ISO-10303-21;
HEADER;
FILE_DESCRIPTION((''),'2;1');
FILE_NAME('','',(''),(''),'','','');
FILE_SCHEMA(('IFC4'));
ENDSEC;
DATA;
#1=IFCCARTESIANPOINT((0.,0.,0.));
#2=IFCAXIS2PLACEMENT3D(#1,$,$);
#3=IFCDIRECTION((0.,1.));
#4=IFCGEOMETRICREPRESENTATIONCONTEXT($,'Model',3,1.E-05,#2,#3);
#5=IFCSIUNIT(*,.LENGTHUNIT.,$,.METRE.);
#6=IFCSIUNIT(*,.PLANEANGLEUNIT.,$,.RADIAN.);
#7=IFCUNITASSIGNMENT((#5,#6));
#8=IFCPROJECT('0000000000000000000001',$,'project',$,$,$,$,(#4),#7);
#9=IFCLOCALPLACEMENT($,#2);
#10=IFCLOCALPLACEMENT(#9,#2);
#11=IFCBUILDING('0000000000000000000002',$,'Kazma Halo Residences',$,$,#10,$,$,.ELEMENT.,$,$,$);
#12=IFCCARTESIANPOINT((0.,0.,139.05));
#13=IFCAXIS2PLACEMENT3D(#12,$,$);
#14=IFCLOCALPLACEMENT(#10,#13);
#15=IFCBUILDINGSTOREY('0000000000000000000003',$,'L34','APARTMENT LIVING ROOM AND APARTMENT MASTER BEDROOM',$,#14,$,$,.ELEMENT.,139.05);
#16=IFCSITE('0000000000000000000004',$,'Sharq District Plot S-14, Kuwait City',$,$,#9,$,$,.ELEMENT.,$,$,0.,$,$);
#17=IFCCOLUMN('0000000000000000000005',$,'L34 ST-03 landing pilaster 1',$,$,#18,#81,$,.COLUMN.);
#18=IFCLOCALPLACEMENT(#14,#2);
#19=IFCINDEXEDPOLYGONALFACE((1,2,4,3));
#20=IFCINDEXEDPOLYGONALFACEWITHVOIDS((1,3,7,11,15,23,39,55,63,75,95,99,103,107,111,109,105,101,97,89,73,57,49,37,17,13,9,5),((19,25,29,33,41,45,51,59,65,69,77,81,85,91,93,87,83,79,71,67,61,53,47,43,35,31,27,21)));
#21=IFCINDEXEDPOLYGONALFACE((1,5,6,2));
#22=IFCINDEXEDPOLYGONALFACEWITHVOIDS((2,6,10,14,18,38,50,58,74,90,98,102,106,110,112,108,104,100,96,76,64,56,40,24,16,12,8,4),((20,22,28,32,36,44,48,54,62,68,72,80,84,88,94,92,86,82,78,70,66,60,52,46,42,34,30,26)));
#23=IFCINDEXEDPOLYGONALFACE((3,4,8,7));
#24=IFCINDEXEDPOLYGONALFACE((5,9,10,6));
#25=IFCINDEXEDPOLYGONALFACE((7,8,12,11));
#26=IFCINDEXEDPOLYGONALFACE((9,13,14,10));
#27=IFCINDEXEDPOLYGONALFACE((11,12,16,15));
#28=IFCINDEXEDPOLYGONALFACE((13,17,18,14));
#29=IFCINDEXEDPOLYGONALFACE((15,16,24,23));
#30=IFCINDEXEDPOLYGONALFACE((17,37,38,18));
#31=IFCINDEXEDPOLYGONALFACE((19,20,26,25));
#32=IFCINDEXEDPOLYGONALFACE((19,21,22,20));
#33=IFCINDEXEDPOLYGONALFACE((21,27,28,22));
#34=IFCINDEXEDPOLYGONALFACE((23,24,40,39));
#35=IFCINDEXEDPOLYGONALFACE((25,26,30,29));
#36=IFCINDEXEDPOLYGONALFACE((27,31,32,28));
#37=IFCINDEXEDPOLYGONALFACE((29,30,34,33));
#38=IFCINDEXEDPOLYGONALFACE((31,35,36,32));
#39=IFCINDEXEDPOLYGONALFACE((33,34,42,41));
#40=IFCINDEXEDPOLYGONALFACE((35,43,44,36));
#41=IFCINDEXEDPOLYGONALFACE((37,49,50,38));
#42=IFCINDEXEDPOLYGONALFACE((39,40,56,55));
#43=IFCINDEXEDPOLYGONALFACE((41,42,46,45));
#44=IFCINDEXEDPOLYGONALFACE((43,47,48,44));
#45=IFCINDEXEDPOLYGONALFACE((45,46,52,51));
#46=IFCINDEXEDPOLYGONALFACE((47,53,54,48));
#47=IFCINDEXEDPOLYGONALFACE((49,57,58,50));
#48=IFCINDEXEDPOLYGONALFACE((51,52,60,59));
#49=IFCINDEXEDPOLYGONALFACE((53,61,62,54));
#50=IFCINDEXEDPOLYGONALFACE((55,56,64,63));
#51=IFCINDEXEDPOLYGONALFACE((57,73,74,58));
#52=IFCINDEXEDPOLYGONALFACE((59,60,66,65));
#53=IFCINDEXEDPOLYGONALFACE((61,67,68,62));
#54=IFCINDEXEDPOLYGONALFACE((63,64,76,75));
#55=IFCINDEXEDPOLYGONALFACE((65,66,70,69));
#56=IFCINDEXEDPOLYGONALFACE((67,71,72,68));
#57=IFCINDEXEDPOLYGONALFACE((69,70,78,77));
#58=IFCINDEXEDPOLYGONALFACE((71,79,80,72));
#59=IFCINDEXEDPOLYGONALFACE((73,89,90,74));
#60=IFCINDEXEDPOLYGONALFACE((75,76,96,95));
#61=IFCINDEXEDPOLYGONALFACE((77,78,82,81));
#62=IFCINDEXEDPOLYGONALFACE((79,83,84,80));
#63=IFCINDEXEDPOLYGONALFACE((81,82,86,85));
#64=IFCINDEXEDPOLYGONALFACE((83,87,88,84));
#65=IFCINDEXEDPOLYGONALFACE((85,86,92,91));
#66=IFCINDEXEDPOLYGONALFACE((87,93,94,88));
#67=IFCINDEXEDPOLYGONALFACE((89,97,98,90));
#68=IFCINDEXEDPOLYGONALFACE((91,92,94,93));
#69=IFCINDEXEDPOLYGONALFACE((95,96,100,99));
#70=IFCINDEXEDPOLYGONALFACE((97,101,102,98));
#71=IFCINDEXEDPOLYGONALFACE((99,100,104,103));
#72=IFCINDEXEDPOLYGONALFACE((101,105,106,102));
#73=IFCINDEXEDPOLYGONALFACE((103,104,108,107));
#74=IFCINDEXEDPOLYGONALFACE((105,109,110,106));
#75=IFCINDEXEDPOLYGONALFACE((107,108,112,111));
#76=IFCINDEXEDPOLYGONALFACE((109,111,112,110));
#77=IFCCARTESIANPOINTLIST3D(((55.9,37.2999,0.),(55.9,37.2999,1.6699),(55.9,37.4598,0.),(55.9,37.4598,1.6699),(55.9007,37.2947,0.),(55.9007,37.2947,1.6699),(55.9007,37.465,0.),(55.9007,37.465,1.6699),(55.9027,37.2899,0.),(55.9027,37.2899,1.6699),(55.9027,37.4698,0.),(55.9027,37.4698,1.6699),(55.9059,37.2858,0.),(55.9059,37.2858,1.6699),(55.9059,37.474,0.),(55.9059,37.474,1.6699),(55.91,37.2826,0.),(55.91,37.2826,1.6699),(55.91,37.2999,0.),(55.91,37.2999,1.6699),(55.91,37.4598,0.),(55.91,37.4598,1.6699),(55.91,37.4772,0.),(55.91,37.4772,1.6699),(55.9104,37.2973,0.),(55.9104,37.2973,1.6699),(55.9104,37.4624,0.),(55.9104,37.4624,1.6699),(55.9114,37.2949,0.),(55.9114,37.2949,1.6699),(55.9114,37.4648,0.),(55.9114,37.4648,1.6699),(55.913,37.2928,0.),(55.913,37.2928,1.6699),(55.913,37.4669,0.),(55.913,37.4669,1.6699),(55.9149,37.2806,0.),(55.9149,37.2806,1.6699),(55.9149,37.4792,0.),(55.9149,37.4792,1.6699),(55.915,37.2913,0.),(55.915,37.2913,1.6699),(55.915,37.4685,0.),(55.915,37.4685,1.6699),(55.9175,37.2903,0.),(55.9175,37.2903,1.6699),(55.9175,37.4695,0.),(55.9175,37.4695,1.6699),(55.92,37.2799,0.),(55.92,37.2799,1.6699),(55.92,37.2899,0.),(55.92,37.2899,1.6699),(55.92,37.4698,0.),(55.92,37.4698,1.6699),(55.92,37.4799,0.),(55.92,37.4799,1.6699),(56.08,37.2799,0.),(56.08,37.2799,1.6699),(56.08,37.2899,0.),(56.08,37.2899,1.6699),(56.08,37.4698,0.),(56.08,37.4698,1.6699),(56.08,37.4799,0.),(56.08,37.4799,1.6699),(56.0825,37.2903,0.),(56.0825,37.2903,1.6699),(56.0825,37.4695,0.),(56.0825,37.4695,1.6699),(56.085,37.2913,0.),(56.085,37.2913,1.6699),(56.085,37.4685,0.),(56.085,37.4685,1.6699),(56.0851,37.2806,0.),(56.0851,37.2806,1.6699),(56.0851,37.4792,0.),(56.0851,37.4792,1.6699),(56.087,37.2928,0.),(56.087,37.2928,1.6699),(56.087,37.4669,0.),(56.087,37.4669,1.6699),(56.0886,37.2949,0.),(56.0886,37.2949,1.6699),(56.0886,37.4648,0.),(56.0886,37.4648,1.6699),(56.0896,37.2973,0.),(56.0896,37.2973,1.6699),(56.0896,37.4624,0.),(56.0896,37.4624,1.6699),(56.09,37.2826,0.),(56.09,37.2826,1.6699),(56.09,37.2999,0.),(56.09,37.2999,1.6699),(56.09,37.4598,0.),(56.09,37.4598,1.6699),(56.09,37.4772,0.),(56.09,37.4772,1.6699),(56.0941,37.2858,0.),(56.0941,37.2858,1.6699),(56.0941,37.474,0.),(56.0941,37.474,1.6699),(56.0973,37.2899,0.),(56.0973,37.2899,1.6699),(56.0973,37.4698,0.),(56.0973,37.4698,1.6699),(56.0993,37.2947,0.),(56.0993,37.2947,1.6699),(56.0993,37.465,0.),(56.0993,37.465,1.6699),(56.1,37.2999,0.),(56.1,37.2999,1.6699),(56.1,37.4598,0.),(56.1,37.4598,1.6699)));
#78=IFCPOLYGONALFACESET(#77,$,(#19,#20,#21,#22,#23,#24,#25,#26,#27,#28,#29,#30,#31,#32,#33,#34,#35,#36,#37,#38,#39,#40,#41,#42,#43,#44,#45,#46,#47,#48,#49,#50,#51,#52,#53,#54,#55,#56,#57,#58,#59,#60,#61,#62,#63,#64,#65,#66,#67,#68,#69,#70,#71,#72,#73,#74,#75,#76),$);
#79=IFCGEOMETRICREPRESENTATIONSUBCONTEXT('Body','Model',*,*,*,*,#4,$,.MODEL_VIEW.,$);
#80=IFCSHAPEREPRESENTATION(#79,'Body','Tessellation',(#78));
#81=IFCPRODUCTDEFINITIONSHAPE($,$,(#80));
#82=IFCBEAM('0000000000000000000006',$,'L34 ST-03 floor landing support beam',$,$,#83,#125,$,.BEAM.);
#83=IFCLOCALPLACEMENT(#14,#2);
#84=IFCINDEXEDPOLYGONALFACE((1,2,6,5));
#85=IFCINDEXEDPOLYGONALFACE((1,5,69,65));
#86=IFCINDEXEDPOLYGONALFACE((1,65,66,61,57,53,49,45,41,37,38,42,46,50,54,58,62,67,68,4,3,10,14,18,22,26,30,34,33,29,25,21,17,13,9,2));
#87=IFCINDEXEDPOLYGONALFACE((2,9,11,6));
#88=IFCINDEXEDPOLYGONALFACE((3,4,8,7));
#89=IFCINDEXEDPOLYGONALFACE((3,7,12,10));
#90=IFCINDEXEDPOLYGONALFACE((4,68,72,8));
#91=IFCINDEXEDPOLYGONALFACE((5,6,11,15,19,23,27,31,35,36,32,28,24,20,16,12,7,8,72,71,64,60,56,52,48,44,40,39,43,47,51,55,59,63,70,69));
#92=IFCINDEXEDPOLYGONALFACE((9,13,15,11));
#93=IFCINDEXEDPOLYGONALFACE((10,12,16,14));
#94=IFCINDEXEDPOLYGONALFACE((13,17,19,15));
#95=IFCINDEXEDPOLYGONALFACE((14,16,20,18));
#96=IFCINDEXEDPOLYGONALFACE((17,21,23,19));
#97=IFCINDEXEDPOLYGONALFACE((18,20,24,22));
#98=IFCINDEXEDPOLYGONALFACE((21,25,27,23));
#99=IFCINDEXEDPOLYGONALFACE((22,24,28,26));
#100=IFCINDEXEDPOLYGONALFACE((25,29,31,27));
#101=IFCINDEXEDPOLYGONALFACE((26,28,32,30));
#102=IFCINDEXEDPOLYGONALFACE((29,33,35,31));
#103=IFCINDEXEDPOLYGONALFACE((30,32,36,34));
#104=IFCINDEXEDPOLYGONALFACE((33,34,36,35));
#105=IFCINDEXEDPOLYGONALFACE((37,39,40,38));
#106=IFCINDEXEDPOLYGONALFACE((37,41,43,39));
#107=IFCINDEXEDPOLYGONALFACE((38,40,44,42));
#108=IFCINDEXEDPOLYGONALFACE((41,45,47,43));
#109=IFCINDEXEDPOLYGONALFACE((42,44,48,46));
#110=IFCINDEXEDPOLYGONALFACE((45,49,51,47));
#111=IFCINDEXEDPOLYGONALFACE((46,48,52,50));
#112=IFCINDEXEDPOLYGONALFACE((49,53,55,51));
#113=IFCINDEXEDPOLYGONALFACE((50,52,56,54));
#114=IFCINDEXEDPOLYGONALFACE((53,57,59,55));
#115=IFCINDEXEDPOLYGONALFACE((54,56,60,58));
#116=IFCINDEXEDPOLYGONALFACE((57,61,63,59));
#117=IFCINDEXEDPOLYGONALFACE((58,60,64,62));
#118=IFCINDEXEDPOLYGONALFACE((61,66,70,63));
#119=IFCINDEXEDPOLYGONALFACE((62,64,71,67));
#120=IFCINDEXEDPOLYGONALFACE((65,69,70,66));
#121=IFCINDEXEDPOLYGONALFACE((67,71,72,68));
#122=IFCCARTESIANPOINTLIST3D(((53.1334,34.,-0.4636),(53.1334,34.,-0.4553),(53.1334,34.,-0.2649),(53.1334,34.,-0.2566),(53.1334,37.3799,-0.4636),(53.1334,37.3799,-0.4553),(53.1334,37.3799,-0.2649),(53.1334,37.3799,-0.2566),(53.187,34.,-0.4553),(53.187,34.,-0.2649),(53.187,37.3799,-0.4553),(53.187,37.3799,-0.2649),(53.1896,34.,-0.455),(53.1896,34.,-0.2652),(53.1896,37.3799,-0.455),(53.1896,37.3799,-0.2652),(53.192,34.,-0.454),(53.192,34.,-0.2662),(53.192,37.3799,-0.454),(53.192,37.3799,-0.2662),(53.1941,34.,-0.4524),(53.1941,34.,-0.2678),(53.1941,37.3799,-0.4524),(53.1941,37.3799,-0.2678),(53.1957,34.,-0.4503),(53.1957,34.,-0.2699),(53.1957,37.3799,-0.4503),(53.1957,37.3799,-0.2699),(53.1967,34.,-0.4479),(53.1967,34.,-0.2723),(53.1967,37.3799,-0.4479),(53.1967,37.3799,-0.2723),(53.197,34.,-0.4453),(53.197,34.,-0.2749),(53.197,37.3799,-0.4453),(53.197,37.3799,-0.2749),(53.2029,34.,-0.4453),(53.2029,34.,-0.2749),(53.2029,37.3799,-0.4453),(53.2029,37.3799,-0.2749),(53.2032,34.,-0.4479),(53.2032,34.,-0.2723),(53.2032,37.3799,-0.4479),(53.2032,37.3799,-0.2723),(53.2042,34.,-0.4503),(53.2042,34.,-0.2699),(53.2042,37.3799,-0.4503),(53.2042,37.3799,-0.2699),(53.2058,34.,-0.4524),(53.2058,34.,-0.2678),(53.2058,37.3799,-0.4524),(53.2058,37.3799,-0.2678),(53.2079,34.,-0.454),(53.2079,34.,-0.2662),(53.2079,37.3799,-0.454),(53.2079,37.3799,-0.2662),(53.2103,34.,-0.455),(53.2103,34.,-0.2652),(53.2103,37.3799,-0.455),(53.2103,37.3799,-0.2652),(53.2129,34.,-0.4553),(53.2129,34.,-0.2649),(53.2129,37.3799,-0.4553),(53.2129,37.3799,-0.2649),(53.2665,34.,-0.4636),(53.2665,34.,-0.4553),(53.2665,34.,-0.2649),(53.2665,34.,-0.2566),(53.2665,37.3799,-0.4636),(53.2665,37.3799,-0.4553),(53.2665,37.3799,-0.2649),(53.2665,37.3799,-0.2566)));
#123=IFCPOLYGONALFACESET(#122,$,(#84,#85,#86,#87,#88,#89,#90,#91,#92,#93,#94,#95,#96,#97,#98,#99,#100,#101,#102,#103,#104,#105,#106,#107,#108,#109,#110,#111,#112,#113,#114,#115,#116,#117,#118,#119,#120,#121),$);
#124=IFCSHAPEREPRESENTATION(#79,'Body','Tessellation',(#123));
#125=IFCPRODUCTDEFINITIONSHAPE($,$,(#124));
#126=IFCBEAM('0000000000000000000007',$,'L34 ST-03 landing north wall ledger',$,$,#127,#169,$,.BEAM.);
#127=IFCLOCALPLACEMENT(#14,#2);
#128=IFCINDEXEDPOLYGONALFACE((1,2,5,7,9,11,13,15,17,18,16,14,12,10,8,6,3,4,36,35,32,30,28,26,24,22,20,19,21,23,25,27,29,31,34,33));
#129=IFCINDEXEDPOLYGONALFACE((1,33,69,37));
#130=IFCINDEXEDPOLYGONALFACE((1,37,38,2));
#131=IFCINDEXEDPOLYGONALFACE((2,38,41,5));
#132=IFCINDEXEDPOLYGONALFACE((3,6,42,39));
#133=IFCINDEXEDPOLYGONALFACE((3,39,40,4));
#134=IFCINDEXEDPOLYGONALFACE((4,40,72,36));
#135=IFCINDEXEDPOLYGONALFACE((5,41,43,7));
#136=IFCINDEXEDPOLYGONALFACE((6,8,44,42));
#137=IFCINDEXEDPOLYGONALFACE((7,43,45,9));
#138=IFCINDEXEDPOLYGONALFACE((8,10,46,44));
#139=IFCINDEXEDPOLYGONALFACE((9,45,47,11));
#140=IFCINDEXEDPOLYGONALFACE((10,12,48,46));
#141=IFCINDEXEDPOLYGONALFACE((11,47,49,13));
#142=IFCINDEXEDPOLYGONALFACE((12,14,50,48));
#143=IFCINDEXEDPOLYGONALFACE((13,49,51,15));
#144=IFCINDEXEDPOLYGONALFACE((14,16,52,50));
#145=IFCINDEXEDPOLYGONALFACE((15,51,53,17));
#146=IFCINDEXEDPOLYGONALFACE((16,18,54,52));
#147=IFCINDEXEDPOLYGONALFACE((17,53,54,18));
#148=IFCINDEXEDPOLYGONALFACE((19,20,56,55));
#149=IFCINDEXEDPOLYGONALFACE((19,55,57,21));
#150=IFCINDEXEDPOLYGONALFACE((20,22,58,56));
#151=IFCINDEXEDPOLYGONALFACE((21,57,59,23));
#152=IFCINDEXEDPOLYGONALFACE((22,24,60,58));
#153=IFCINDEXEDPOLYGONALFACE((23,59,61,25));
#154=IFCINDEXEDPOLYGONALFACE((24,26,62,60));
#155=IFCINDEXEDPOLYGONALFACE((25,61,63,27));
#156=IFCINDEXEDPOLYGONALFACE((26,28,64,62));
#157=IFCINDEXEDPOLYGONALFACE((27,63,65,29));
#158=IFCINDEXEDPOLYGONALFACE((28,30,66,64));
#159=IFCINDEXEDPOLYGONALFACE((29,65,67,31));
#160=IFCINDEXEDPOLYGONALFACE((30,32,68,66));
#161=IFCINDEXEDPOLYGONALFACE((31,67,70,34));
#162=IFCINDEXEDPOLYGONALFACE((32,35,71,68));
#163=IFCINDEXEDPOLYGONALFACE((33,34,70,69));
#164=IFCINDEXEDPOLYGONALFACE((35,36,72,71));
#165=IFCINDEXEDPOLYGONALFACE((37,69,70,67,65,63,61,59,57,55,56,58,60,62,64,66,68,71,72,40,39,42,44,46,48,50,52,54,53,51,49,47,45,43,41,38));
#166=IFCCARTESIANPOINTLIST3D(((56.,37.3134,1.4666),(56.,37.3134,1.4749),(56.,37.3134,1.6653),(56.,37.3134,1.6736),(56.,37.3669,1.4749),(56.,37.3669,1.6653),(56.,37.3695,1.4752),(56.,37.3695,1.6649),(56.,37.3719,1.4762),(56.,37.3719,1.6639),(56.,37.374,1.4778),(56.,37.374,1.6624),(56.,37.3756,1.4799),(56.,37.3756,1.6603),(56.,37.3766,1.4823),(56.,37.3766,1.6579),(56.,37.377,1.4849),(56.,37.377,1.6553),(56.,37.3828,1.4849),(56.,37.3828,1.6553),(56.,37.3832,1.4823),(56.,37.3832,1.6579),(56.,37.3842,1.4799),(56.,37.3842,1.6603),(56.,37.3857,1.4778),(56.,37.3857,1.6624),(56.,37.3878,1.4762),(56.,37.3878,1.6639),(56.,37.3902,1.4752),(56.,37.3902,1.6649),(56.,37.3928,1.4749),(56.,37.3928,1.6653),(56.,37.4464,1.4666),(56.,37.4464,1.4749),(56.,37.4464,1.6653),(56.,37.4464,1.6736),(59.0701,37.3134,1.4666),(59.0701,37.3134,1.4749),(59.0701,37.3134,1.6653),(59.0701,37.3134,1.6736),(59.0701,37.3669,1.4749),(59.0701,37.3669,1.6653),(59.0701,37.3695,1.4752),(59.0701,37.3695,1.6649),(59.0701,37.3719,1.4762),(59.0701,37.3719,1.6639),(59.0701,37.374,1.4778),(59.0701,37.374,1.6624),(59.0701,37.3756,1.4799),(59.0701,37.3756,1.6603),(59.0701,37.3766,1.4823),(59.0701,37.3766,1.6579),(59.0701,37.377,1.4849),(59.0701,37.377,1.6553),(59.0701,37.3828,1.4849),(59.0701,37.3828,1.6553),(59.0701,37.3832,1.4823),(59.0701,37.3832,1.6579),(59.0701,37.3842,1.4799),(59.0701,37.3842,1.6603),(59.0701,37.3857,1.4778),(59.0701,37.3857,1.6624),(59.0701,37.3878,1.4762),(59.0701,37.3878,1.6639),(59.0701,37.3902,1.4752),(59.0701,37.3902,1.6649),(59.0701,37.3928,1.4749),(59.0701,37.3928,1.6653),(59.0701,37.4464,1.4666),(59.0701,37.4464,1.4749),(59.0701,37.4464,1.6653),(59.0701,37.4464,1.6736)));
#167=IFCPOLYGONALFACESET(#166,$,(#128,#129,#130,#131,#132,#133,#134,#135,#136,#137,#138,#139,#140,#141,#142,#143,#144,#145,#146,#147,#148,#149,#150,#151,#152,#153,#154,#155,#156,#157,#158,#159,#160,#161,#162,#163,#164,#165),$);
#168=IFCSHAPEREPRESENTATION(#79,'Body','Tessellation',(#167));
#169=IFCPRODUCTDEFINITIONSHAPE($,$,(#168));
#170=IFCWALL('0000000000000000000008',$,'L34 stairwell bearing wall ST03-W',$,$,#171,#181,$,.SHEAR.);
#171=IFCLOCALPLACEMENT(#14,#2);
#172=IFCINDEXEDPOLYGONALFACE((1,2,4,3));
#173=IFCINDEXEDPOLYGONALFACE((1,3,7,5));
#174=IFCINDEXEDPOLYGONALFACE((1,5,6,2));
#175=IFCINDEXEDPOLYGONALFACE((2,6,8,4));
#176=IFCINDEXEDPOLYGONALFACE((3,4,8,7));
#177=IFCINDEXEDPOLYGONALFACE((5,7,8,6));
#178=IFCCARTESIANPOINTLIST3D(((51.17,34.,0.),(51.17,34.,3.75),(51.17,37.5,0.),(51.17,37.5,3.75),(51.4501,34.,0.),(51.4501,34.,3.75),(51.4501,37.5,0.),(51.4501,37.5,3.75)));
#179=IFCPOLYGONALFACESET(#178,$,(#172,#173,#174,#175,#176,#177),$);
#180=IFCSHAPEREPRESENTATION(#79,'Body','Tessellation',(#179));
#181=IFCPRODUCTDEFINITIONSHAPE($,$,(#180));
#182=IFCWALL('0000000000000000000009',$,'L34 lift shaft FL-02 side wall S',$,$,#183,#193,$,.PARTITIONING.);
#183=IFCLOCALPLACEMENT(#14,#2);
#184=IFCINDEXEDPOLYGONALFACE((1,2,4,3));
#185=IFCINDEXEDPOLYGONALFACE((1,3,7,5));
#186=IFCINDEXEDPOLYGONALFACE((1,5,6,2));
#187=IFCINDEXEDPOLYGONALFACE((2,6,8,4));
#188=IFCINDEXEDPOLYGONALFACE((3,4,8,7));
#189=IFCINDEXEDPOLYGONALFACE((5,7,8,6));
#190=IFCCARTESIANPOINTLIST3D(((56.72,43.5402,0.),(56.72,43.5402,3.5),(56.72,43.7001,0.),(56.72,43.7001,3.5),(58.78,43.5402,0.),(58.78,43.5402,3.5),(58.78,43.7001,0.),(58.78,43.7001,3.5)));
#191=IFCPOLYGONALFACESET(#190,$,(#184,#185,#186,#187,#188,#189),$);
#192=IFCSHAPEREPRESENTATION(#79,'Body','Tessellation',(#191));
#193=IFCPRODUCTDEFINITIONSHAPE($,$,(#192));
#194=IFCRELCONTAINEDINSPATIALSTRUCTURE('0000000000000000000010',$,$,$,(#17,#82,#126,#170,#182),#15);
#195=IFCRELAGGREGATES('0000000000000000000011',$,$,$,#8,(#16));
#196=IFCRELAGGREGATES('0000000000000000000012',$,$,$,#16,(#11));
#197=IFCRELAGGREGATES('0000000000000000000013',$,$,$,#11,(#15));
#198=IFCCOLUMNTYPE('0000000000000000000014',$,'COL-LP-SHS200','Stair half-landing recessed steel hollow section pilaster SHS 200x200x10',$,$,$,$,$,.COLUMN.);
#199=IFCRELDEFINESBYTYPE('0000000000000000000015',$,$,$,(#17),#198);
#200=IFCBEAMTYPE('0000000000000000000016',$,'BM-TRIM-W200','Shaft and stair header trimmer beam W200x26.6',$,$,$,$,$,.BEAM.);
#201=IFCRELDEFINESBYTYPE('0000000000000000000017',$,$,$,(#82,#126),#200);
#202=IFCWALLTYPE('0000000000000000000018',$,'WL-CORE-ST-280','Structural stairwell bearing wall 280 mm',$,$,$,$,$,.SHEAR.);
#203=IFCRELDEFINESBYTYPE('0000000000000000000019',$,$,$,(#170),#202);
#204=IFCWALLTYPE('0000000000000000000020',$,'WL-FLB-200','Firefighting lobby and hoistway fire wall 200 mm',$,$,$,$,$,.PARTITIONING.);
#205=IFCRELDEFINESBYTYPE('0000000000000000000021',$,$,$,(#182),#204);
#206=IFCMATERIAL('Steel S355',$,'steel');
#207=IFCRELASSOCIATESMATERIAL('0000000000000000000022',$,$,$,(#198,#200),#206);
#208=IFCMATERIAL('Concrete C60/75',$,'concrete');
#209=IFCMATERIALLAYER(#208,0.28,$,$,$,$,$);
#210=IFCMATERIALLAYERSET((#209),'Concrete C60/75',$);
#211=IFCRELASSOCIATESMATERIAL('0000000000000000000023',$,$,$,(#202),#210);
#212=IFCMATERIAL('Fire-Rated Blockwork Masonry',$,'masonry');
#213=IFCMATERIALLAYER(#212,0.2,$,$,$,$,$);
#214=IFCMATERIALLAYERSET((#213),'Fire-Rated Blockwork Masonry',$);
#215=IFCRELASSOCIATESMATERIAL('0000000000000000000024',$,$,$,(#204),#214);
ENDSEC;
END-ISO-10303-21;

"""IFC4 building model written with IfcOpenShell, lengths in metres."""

from ifc_helpers import new_model, si_unit, direction, frame, frame_2d, origin, origin_2d, place, context, subcontext, project, spatial, rectangle, hollow_rectangle, i_section, extrude, material, layer, layer_set, material_profile, profile_set, type_object, element, save


model = new_model("IFC4")

# Units and contexts
model_context = context("Model", 3, precision=1e-05, world=origin(), true_north=direction((0.0, 1.0)))
body_context = subcontext(model_context, "Body", "Model", "MODEL_VIEW")
ifc_project = project(units=[si_unit("LENGTHUNIT", "METRE"), si_unit("PLANEANGLEUNIT", "RADIAN")], contexts=[model_context])

# Site, building, storey
site_placement = place(None, origin())
site = spatial("IfcSite", under=ifc_project, at=site_placement, Name="Sharq District Plot S-14, Kuwait City", CompositionType="ELEMENT", RefElevation=0.0)
building_placement = place(site_placement, origin())
building = spatial("IfcBuilding", under=site, at=building_placement, Name="Kazma Halo Residences", CompositionType="ELEMENT")
storey_placement = place(building_placement, frame((0.0, 0.0, 139.05)))
storey = spatial("IfcBuildingStorey", under=building, at=storey_placement, Name="L34", Description="APARTMENT LIVING ROOM AND APARTMENT MASTER BEDROOM", CompositionType="ELEMENT", Elevation=139.05)

# Column
ifc_material_1 = material(Name="Steel S355", Category="steel")
ifc_material_profile_1 = material_profile(ifc_material_1, hollow_rectangle(XDim=0.2, YDim=0.2, WallThickness=0.01, InnerFilletRadius=0.01, OuterFilletRadius=0.02, at=origin_2d()), Name="SHS200x200x10")
ifc_profile_set_1 = profile_set([ifc_material_profile_1], Name="Steel S355")
column_type = type_object("IfcColumnType", Name="COL-LP-SHS200", Description="Stair half-landing recessed steel hollow section pilaster SHS 200x200x10", PredefinedType="COLUMN", material=ifc_profile_set_1)
column_placement = place(storey_placement, frame((56.0, 37.3799, 0.0), z_axis=(0.0, 0.0, 1.0), x_axis=(1.0, 0.0, 0.0)))
element("IfcColumn", 1, at=column_placement, inside=storey, type_object=column_type, Name="L34 ST-03 landing pilaster 1", PredefinedType="COLUMN", context=body_context, shape_type="SweptSolid", body=[
    extrude(hollow_rectangle(XDim=0.2, YDim=0.2, WallThickness=0.01, InnerFilletRadius=0.01, OuterFilletRadius=0.02, at=origin_2d()), origin(), (0.0, 0.0, 1.0), 1.6699),
])

# Beams
ifc_material_profile_2 = material_profile(ifc_material_1, i_section(OverallWidth=0.1331, OverallDepth=0.207, WebThickness=0.0059, FlangeThickness=0.0083, FilletRadius=0.01, at=origin_2d()), Name="W200x26.6")
ifc_profile_set_2 = profile_set([ifc_material_profile_2], Name="Steel S355")
beam_type = type_object("IfcBeamType", Name="BM-TRIM-W200", Description="Shaft and stair header trimmer beam W200x26.6", PredefinedType="BEAM", material=ifc_profile_set_2)
beam_1_placement = place(storey_placement, frame((53.2, 34.0, -0.3601), z_axis=(0.0, 1.0, 0.0), x_axis=(-1.0, 0.0, 0.0)))
element("IfcBeam", 2, at=beam_1_placement, inside=storey, type_object=beam_type, Name="L34 ST-03 floor landing support beam", PredefinedType="BEAM", context=body_context, shape_type="SweptSolid", body=[
    extrude(i_section(OverallWidth=0.1331, OverallDepth=0.207, WebThickness=0.0059, FlangeThickness=0.0083, FilletRadius=0.01, at=origin_2d()), origin(), (0.0, 0.0, 1.0), 3.3799),
])
beam_2_placement = place(storey_placement, frame((56.0, 37.3799, 1.5701), z_axis=(1.0, 0.0, 0.0), x_axis=(0.0, 1.0, 0.0)))
element("IfcBeam", 3, at=beam_2_placement, inside=storey, type_object=beam_type, Name="L34 ST-03 landing north wall ledger", PredefinedType="BEAM", context=body_context, shape_type="SweptSolid", body=[
    extrude(i_section(OverallWidth=0.1331, OverallDepth=0.207, WebThickness=0.0059, FlangeThickness=0.0083, FilletRadius=0.01, at=origin_2d()), origin(), (0.0, 0.0, 1.0), 3.0701),
])

# Walls
ifc_material_2 = material(Name="Concrete C60/75", Category="concrete")
ifc_layer_1 = layer(ifc_material_2, 0.28)
ifc_layer_set_1 = layer_set([ifc_layer_1], Name="Concrete C60/75")
wall_type_1 = type_object("IfcWallType", Name="WL-CORE-ST-280", Description="Structural stairwell bearing wall 280 mm", PredefinedType="SHEAR", material=ifc_layer_set_1)
wall_1_placement = place(storey_placement, frame((51.3101, 34.0, 0.0), z_axis=(0.0, 0.0, 1.0), x_axis=(0.0, 1.0, 0.0)))
element("IfcWall", 4, at=wall_1_placement, inside=storey, type_object=wall_type_1, Name="L34 stairwell bearing wall ST03-W", PredefinedType="SHEAR", context=body_context, shape_type="SweptSolid", body=[
    extrude(rectangle(XDim=3.5, YDim=0.28, at=frame_2d((1.75, 0.0))), origin(), (0.0, 0.0, 1.0), 3.75),
])
ifc_material_3 = material(Name="Fire-Rated Blockwork Masonry", Category="masonry")
ifc_layer_2 = layer(ifc_material_3, 0.2)
ifc_layer_set_2 = layer_set([ifc_layer_2], Name="Fire-Rated Blockwork Masonry")
wall_type_2 = type_object("IfcWallType", Name="WL-FLB-200", Description="Firefighting lobby and hoistway fire wall 200 mm", PredefinedType="PARTITIONING", material=ifc_layer_set_2)
wall_2_placement = place(storey_placement, frame((56.72, 43.6201, 0.0), z_axis=(0.0, 0.0, 1.0), x_axis=(1.0, 0.0, 0.0)))
element("IfcWall", 5, at=wall_2_placement, inside=storey, type_object=wall_type_2, Name="L34 lift shaft FL-02 side wall S", PredefinedType="PARTITIONING", context=body_context, shape_type="SweptSolid", body=[
    extrude(rectangle(XDim=2.0601, YDim=0.1599, at=frame_2d((1.03, 0.0))), origin(), (0.0, 0.0, 1.0), 3.5),
])

save(model, "model.ifc")
